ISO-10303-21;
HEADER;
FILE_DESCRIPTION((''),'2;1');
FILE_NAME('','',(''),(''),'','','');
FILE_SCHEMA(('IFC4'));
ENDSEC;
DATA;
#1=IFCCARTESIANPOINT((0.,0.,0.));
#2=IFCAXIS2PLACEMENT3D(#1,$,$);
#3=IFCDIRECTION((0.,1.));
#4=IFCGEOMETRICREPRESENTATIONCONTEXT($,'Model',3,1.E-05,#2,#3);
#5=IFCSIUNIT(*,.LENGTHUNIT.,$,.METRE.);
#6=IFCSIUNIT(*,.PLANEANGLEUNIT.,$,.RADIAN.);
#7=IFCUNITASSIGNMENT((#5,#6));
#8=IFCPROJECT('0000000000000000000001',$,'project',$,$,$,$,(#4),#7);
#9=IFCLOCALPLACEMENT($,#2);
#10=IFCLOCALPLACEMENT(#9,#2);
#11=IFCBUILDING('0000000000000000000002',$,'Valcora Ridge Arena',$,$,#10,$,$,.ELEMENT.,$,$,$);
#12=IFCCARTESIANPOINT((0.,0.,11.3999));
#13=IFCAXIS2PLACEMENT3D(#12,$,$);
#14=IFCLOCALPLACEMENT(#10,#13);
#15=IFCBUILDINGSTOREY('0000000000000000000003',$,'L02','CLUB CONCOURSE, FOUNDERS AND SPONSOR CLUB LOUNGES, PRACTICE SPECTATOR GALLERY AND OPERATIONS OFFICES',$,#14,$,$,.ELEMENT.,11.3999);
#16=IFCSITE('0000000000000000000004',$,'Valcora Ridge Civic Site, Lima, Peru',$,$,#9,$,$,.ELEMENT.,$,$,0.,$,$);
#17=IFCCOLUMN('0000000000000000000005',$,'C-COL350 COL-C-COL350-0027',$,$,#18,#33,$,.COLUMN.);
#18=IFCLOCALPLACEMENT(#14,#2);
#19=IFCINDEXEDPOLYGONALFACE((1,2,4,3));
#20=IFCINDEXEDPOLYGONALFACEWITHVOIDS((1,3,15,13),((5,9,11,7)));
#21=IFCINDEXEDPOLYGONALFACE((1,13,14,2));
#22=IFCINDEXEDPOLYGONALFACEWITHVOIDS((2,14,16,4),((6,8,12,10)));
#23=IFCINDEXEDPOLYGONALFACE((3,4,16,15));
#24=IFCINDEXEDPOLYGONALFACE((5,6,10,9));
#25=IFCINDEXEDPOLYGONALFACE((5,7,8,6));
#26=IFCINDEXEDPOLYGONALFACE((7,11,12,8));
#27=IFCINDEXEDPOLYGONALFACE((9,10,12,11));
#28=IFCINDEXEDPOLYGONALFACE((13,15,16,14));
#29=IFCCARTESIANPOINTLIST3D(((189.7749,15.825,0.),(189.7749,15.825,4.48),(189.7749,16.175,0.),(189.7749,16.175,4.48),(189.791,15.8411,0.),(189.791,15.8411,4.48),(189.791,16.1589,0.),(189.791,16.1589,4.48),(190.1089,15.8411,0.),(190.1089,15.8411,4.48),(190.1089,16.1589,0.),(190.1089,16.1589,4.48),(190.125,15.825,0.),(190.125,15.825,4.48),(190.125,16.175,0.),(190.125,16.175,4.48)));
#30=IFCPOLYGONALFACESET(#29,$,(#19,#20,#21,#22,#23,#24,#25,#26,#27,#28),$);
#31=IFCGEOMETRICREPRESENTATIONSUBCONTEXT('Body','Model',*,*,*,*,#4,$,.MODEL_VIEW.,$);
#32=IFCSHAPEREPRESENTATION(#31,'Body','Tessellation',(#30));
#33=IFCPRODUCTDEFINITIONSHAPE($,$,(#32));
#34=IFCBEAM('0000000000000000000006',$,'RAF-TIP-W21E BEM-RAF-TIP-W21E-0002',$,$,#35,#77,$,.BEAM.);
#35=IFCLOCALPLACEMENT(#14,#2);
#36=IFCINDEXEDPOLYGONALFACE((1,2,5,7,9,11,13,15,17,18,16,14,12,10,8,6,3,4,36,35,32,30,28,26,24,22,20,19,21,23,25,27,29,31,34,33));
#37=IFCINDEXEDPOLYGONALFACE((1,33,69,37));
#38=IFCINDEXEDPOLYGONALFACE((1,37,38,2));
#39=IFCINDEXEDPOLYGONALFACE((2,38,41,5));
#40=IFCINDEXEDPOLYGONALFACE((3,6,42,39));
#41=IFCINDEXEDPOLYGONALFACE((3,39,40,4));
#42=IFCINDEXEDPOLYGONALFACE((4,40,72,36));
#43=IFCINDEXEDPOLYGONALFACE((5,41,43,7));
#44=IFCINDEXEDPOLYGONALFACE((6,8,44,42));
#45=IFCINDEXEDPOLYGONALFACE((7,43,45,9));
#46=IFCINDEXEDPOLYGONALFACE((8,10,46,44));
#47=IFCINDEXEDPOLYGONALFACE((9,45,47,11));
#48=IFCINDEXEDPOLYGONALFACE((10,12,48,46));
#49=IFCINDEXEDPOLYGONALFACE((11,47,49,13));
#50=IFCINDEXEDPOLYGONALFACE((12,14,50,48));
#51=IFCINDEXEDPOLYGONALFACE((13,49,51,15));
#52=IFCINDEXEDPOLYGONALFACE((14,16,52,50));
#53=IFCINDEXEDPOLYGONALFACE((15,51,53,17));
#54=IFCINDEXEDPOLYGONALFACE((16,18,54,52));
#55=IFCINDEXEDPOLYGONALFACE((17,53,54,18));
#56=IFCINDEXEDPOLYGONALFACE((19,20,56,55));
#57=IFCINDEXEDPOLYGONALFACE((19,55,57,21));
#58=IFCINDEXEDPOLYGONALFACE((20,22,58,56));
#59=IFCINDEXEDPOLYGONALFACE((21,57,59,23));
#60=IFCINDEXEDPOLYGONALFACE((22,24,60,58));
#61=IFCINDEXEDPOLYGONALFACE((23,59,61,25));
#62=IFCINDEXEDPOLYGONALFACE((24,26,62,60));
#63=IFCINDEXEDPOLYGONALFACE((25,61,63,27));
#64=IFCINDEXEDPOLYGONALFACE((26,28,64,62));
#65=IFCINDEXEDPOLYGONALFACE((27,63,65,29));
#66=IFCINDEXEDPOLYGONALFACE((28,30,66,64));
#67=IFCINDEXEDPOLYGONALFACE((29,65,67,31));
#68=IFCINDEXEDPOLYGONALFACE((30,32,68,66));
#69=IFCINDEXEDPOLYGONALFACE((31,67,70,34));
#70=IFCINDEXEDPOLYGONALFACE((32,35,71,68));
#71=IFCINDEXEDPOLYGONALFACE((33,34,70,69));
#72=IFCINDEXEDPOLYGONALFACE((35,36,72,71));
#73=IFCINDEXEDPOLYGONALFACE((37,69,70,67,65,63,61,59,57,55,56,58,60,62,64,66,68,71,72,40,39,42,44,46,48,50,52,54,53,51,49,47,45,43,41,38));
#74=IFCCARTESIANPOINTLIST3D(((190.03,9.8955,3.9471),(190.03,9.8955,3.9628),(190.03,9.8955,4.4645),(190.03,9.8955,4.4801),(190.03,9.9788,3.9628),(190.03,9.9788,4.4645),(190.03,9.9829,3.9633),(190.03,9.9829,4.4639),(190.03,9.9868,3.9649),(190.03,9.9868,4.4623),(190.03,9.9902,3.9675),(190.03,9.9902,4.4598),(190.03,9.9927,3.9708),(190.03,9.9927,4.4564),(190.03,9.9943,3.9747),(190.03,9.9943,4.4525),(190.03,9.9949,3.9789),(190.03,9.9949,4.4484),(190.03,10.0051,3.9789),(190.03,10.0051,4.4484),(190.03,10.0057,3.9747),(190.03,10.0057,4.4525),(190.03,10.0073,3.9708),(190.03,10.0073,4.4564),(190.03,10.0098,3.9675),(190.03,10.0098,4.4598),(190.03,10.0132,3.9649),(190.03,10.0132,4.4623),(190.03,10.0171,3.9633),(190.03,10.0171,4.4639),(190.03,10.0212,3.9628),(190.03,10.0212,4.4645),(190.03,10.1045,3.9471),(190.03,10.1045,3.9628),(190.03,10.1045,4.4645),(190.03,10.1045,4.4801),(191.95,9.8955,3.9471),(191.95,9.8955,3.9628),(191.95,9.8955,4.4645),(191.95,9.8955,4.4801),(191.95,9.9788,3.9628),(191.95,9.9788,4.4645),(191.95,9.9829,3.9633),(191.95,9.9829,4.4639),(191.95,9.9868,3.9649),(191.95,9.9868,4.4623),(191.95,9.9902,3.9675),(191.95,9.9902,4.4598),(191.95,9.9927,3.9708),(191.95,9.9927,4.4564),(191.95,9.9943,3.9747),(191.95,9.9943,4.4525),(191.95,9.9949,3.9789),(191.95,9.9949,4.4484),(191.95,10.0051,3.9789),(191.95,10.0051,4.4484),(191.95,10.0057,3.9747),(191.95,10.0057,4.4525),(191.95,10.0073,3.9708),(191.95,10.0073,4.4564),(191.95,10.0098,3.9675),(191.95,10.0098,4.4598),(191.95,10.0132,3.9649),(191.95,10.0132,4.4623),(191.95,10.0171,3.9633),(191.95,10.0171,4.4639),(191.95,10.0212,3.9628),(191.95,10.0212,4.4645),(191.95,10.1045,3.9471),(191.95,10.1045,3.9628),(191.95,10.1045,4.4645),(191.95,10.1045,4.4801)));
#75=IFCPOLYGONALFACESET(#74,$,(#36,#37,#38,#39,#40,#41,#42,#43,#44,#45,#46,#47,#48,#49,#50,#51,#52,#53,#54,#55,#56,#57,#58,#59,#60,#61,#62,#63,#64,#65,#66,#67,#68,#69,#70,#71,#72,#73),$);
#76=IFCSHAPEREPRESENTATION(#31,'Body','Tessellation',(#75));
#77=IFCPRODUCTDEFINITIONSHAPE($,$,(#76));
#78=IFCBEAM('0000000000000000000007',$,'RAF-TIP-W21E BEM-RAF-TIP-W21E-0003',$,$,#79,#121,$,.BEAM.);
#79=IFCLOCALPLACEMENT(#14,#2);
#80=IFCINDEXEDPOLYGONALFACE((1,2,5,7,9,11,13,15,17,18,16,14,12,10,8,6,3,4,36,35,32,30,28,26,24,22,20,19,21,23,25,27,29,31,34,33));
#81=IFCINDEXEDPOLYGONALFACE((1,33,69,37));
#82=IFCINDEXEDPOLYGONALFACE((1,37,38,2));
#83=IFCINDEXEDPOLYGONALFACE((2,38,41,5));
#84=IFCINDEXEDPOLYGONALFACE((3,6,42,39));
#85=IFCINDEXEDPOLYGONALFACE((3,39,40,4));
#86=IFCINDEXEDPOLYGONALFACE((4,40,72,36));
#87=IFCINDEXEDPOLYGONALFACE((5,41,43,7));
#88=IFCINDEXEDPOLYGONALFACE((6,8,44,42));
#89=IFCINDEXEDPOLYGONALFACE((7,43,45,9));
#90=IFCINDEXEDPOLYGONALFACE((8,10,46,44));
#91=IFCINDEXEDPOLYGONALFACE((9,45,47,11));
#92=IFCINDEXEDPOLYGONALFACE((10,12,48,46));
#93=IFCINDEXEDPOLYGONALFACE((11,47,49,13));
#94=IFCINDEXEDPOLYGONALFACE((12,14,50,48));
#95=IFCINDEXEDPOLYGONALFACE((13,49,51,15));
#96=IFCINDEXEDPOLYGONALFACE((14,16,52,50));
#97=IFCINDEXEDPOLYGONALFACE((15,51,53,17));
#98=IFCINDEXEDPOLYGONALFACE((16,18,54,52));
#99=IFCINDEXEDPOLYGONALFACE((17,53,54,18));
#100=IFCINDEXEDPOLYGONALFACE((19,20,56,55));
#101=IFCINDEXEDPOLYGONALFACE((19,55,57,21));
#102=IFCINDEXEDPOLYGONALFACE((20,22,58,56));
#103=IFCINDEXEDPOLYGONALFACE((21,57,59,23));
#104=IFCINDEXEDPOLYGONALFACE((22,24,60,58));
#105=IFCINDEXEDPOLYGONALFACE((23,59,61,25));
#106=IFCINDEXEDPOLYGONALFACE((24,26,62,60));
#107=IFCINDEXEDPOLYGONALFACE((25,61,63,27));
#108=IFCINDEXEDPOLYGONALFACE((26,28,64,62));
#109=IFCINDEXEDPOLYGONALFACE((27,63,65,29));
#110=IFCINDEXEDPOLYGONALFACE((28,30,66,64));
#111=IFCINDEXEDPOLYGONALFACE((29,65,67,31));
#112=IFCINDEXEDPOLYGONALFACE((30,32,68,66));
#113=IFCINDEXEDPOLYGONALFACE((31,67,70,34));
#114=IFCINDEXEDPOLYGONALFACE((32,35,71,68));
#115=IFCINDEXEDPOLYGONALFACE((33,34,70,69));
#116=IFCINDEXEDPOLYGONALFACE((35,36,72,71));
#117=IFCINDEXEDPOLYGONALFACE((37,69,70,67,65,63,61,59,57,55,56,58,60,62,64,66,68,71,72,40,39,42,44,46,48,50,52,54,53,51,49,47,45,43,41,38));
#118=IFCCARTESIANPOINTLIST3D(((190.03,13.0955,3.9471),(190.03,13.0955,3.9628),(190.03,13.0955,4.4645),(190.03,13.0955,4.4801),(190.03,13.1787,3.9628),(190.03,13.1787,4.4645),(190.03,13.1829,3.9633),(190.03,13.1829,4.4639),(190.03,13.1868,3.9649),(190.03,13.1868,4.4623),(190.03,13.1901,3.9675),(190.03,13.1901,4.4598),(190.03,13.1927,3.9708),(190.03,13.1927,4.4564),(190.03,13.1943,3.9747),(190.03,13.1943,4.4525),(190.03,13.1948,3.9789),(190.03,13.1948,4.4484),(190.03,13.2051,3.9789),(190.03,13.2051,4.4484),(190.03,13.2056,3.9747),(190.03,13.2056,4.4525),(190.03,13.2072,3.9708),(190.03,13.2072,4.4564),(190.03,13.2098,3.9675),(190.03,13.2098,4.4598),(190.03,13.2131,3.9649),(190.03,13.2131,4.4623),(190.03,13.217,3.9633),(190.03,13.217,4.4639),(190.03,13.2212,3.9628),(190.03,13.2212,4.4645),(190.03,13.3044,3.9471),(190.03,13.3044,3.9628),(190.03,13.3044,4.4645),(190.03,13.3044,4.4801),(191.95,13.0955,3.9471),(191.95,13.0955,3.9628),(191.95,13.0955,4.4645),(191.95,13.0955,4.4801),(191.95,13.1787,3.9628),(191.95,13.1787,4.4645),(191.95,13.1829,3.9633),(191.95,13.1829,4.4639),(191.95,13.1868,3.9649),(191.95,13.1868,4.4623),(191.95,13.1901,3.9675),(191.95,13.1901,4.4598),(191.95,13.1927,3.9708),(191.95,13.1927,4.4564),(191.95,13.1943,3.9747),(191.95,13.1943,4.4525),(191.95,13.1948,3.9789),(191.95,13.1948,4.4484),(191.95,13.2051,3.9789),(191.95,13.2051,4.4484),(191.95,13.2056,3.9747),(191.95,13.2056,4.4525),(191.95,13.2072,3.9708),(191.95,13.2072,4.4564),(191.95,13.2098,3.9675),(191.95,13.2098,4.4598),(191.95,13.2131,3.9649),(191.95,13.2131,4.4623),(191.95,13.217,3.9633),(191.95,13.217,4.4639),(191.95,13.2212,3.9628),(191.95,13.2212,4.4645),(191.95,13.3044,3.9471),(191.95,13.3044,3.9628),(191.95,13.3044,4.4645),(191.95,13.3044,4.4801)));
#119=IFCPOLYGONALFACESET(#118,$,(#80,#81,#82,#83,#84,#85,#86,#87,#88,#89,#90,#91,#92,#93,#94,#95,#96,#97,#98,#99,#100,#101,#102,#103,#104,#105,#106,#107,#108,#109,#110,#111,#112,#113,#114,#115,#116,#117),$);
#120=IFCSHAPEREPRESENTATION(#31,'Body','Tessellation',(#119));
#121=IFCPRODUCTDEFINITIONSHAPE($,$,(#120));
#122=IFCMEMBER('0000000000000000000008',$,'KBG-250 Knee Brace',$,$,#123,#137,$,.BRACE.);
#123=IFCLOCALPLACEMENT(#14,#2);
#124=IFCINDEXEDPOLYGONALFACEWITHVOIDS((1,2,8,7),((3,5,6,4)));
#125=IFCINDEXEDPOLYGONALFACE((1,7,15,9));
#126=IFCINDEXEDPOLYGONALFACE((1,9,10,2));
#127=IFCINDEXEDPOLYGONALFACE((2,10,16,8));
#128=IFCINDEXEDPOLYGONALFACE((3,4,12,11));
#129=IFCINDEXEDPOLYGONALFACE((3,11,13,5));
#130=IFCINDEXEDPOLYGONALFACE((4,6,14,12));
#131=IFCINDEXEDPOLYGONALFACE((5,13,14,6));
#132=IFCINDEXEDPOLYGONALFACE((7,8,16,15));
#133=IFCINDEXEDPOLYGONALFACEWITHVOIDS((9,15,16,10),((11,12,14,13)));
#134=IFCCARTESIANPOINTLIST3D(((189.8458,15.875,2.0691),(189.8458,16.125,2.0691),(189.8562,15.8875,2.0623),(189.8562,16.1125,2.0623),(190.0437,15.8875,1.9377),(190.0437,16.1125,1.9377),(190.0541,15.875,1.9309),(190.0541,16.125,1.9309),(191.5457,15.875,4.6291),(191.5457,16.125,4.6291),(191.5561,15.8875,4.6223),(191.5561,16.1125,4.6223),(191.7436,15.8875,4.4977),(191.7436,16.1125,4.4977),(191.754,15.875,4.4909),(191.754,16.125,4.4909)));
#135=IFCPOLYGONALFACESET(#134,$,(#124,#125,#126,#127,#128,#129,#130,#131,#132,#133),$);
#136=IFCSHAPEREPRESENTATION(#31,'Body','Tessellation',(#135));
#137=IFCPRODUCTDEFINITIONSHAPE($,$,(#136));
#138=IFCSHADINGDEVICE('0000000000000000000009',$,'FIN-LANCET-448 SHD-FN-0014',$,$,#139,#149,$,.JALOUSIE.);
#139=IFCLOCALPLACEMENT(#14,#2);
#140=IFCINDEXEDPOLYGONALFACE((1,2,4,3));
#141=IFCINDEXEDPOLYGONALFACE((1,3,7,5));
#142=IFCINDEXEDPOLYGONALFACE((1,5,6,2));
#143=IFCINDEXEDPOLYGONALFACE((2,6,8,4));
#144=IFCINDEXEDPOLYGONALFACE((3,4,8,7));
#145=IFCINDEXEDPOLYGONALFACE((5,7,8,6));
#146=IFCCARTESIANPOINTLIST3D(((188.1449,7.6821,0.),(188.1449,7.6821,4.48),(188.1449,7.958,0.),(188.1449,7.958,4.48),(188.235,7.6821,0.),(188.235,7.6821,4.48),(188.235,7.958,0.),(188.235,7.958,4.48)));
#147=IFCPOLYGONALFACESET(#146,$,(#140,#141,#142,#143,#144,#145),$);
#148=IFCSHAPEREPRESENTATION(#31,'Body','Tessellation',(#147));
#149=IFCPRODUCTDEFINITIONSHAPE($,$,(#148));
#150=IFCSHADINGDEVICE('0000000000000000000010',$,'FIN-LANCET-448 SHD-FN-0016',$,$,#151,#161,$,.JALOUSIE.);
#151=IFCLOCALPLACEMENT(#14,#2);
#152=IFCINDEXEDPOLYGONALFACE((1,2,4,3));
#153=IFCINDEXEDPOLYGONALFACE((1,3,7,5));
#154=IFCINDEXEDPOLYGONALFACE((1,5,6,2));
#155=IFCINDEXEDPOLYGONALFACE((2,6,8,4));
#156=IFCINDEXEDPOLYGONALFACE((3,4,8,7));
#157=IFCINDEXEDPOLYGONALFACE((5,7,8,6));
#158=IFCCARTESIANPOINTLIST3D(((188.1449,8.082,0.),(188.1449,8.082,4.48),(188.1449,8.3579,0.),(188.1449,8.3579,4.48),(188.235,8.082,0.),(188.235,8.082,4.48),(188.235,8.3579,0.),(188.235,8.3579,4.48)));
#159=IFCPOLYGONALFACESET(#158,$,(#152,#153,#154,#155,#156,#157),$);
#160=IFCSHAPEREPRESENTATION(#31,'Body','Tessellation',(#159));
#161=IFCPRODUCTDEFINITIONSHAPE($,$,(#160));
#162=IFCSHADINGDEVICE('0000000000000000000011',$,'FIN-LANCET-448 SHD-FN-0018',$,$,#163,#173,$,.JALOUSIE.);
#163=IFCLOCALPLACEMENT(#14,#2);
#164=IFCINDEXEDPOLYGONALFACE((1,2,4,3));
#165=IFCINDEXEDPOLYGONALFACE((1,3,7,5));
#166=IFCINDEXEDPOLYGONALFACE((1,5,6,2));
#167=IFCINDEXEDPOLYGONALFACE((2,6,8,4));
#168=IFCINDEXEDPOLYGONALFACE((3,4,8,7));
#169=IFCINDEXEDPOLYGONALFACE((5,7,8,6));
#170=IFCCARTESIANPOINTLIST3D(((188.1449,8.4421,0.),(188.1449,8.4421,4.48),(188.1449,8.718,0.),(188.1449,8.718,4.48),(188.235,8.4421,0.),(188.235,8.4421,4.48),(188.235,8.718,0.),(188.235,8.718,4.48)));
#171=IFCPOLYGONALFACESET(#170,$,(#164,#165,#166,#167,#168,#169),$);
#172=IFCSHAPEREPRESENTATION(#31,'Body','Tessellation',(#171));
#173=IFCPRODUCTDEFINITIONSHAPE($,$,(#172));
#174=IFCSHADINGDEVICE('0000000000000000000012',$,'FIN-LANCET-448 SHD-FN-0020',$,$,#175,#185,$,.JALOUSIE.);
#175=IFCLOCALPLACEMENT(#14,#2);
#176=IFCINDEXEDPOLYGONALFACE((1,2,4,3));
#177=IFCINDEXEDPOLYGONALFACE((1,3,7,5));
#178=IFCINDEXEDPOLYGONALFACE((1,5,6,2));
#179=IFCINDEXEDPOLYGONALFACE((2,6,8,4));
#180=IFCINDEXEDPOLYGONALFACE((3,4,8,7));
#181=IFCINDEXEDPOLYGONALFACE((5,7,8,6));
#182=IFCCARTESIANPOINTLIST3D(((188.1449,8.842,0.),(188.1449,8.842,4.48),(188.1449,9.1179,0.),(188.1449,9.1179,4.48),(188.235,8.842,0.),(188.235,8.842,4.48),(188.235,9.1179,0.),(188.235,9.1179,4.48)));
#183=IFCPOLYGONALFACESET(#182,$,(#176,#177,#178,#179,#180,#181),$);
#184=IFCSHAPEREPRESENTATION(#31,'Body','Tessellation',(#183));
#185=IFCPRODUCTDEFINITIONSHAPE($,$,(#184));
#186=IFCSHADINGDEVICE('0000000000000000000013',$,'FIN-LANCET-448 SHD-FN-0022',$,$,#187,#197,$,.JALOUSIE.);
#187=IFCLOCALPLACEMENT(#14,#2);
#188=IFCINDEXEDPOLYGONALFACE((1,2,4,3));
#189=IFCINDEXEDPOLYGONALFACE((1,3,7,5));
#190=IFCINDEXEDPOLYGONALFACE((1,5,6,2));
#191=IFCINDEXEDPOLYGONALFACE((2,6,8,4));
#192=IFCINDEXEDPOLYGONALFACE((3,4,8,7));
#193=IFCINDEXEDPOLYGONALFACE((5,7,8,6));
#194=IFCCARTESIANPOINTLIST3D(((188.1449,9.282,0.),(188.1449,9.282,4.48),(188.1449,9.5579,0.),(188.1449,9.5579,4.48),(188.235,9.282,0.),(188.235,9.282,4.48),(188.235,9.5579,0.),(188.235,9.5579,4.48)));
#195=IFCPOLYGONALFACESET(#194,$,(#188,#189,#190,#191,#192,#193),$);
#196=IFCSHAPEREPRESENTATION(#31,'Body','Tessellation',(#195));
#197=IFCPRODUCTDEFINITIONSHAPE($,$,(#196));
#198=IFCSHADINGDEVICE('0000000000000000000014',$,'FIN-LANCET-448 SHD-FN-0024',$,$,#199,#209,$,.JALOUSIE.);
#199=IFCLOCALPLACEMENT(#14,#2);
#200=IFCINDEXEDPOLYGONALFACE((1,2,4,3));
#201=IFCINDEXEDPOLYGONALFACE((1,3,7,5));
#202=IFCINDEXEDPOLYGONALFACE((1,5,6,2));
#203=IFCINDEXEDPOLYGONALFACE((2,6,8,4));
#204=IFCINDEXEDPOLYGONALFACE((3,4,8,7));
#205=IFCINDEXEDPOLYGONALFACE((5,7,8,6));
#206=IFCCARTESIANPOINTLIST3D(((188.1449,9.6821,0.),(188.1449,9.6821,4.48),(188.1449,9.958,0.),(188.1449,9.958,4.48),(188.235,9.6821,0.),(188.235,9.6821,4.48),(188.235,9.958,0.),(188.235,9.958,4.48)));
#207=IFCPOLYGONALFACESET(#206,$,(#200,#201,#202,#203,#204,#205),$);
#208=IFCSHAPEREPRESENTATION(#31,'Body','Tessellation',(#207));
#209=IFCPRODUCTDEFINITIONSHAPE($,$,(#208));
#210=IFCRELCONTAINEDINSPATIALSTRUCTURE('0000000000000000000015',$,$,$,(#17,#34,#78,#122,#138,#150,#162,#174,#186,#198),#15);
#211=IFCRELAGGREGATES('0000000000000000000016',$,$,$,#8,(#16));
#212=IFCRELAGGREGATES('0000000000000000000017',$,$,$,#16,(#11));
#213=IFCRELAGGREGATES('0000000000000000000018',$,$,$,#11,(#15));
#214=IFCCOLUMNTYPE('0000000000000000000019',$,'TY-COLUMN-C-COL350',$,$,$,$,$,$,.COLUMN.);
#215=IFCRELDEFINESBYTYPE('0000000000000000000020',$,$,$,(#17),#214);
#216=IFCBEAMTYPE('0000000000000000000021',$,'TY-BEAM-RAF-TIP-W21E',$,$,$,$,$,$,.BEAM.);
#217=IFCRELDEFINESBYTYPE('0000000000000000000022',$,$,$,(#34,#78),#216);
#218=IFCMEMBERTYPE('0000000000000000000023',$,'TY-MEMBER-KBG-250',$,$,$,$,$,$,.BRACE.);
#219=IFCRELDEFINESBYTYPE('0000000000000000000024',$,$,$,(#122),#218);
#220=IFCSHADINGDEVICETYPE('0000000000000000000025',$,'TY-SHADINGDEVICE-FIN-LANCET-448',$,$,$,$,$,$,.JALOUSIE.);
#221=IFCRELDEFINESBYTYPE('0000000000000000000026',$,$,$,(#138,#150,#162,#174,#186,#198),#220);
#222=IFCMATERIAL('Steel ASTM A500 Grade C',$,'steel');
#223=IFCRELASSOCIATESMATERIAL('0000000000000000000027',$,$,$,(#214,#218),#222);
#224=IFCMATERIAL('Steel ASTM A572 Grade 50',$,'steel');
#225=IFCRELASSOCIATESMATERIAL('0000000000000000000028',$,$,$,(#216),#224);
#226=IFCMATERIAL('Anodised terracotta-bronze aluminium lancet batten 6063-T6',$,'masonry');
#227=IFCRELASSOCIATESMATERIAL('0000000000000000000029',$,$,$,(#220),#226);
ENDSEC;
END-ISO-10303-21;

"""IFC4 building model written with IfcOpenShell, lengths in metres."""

from ifc_helpers import new_model, si_unit, direction, frame, origin, origin_2d, place, context, subcontext, project, spatial, rectangle, hollow_rectangle, i_section, extrude, material, material_profile, profile_set, type_object, element, save


model = new_model("IFC4")

# Units and contexts
model_context = context("Model", 3, precision=1e-05, world=origin(), true_north=direction((0.0, 1.0)))
body_context = subcontext(model_context, "Body", "Model", "MODEL_VIEW")
ifc_project = project(units=[si_unit("LENGTHUNIT", "METRE"), si_unit("PLANEANGLEUNIT", "RADIAN")], contexts=[model_context])

# Site, building, storey
site_placement = place(None, origin())
site = spatial("IfcSite", under=ifc_project, at=site_placement, Name="Valcora Ridge Civic Site, Lima, Peru", CompositionType="ELEMENT", RefElevation=0.0)
building_placement = place(site_placement, origin())
building = spatial("IfcBuilding", under=site, at=building_placement, Name="Valcora Ridge Arena", CompositionType="ELEMENT")
storey_placement = place(building_placement, frame((0.0, 0.0, 11.3999)))
storey = spatial("IfcBuildingStorey", under=building, at=storey_placement, Name="L02", Description="CLUB CONCOURSE, FOUNDERS AND SPONSOR CLUB LOUNGES, PRACTICE SPECTATOR GALLERY AND OPERATIONS OFFICES", CompositionType="ELEMENT", Elevation=11.3999)

# Column
ifc_material_1 = material(Name="Steel ASTM A500 Grade C", Category="steel")
ifc_material_profile_1 = material_profile(ifc_material_1, hollow_rectangle(XDim=0.3501, YDim=0.3501, WallThickness=0.0161, at=origin_2d()), Name="HSS350X350X16")
ifc_profile_set_1 = profile_set([ifc_material_profile_1], Name="Steel ASTM A500 Grade C")
column_type = type_object("IfcColumnType", Name="TY-COLUMN-C-COL350", PredefinedType="COLUMN", material=ifc_profile_set_1)
column_placement = place(storey_placement, frame((189.95, 16.0, 0.0), z_axis=(0.0, 0.0, 1.0), x_axis=(1.0, 0.0, 0.0)))
element("IfcColumn", 1, at=column_placement, inside=storey, type_object=column_type, Name="C-COL350 COL-C-COL350-0027", PredefinedType="COLUMN", context=body_context, shape_type="SweptSolid", body=[
    extrude(hollow_rectangle(XDim=0.3501, YDim=0.3501, WallThickness=0.0161, at=origin_2d()), origin(), (0.0, 0.0, 1.0), 4.48),
])

# Beams
ifc_material_2 = material(Name="Steel ASTM A572 Grade 50", Category="steel")
ifc_material_profile_2 = material_profile(ifc_material_2, i_section(OverallWidth=0.209, OverallDepth=0.533, WebThickness=0.0103, FlangeThickness=0.0156, FilletRadius=0.0161, at=origin_2d()), Name="W21X62")
ifc_profile_set_2 = profile_set([ifc_material_profile_2], Name="Steel ASTM A572 Grade 50")
beam_type = type_object("IfcBeamType", Name="TY-BEAM-RAF-TIP-W21E", PredefinedType="BEAM", material=ifc_profile_set_2)
for number, where, z_axis, x_axis, name in (
    (2, (190.03, 10.0, 4.2136), (1.0, 0.0, 0.0), (0.0, 1.0, 0.0), "RAF-TIP-W21E BEM-RAF-TIP-W21E-0002"),
    (3, (190.03, 13.2, 4.2136), (1.0, 0.0, 0.0), (0.0, 1.0, 0.0), "RAF-TIP-W21E BEM-RAF-TIP-W21E-0003"),
):
    element("IfcBeam", number, at=place(storey_placement, frame(where, z_axis=z_axis, x_axis=x_axis)), inside=storey, type_object=beam_type, Name=name, PredefinedType="BEAM", context=body_context, shape_type="SweptSolid", body=[
        extrude(i_section(OverallWidth=0.209, OverallDepth=0.533, WebThickness=0.0103, FlangeThickness=0.0156, FilletRadius=0.0161, at=origin_2d()), origin(), (0.0, 0.0, 1.0), 1.9199),
    ])

# Member
ifc_material_profile_3 = material_profile(ifc_material_1, hollow_rectangle(XDim=0.25, YDim=0.25, WallThickness=0.0125, at=origin_2d()), Name="HSS250X250X12")
ifc_profile_set_3 = profile_set([ifc_material_profile_3], Name="Steel ASTM A500 Grade C")
member_type = type_object("IfcMemberType", Name="TY-MEMBER-KBG-250", PredefinedType="BRACE", material=ifc_profile_set_3)
member_placement = place(storey_placement, frame((189.95, 16.0, 2.0), z_axis=(0.553178, 0.0, 0.833063), x_axis=(0.0, 1.0, 0.0)))
element("IfcMember", 4, at=member_placement, inside=storey, type_object=member_type, Name="KBG-250 Knee Brace", PredefinedType="BRACE", context=body_context, shape_type="SweptSolid", body=[
    extrude(hollow_rectangle(XDim=0.25, YDim=0.25, WallThickness=0.0125, at=origin_2d()), origin(), (0.0, 0.0, 1.0), 3.073),
])

# Shading devices
ifc_material_3 = material(Name="Anodised terracotta-bronze aluminium lancet batten 6063-T6", Category="masonry")
ifc_material_profile_4 = material_profile(ifc_material_3, rectangle(XDim=0.0901, YDim=0.2759, at=origin_2d()), Name="ALU LANCET BATTEN 90x276")
ifc_profile_set_4 = profile_set([ifc_material_profile_4], Name="Anodised terracotta-bronze aluminium lancet batten 6063-T6")
shading_device_type = type_object("IfcShadingDeviceType", Name="TY-SHADINGDEVICE-FIN-LANCET-448", PredefinedType="JALOUSIE", material=ifc_profile_set_4)
for number, where, z_axis, x_axis, name in (
    (5, (188.1899, 7.8201, 0.0), (0.0, 0.0, 1.0), (1.0, 0.0, 0.0), "FIN-LANCET-448 SHD-FN-0014"),
    (6, (188.1899, 8.22, 0.0), (0.0, 0.0, 1.0), (1.0, 0.0, 0.0), "FIN-LANCET-448 SHD-FN-0016"),
    (7, (188.1899, 8.5801, 0.0), (0.0, 0.0, 1.0), (1.0, 0.0, 0.0), "FIN-LANCET-448 SHD-FN-0018"),
    (8, (188.1899, 8.98, 0.0), (0.0, 0.0, 1.0), (1.0, 0.0, 0.0), "FIN-LANCET-448 SHD-FN-0020"),
    (9, (188.1899, 9.4199, 0.0), (0.0, 0.0, 1.0), (1.0, 0.0, 0.0), "FIN-LANCET-448 SHD-FN-0022"),
    (10, (188.1899, 9.8201, 0.0), (0.0, 0.0, 1.0), (1.0, 0.0, 0.0), "FIN-LANCET-448 SHD-FN-0024"),
):
    element("IfcShadingDevice", number, at=place(storey_placement, frame(where, z_axis=z_axis, x_axis=x_axis)), inside=storey, type_object=shading_device_type, Name=name, PredefinedType="JALOUSIE", context=body_context, shape_type="SweptSolid", body=[
        extrude(rectangle(XDim=0.0901, YDim=0.2759, at=origin_2d()), origin(), (0.0, 0.0, 1.0), 4.48),
    ])

save(model, "model.ifc")
